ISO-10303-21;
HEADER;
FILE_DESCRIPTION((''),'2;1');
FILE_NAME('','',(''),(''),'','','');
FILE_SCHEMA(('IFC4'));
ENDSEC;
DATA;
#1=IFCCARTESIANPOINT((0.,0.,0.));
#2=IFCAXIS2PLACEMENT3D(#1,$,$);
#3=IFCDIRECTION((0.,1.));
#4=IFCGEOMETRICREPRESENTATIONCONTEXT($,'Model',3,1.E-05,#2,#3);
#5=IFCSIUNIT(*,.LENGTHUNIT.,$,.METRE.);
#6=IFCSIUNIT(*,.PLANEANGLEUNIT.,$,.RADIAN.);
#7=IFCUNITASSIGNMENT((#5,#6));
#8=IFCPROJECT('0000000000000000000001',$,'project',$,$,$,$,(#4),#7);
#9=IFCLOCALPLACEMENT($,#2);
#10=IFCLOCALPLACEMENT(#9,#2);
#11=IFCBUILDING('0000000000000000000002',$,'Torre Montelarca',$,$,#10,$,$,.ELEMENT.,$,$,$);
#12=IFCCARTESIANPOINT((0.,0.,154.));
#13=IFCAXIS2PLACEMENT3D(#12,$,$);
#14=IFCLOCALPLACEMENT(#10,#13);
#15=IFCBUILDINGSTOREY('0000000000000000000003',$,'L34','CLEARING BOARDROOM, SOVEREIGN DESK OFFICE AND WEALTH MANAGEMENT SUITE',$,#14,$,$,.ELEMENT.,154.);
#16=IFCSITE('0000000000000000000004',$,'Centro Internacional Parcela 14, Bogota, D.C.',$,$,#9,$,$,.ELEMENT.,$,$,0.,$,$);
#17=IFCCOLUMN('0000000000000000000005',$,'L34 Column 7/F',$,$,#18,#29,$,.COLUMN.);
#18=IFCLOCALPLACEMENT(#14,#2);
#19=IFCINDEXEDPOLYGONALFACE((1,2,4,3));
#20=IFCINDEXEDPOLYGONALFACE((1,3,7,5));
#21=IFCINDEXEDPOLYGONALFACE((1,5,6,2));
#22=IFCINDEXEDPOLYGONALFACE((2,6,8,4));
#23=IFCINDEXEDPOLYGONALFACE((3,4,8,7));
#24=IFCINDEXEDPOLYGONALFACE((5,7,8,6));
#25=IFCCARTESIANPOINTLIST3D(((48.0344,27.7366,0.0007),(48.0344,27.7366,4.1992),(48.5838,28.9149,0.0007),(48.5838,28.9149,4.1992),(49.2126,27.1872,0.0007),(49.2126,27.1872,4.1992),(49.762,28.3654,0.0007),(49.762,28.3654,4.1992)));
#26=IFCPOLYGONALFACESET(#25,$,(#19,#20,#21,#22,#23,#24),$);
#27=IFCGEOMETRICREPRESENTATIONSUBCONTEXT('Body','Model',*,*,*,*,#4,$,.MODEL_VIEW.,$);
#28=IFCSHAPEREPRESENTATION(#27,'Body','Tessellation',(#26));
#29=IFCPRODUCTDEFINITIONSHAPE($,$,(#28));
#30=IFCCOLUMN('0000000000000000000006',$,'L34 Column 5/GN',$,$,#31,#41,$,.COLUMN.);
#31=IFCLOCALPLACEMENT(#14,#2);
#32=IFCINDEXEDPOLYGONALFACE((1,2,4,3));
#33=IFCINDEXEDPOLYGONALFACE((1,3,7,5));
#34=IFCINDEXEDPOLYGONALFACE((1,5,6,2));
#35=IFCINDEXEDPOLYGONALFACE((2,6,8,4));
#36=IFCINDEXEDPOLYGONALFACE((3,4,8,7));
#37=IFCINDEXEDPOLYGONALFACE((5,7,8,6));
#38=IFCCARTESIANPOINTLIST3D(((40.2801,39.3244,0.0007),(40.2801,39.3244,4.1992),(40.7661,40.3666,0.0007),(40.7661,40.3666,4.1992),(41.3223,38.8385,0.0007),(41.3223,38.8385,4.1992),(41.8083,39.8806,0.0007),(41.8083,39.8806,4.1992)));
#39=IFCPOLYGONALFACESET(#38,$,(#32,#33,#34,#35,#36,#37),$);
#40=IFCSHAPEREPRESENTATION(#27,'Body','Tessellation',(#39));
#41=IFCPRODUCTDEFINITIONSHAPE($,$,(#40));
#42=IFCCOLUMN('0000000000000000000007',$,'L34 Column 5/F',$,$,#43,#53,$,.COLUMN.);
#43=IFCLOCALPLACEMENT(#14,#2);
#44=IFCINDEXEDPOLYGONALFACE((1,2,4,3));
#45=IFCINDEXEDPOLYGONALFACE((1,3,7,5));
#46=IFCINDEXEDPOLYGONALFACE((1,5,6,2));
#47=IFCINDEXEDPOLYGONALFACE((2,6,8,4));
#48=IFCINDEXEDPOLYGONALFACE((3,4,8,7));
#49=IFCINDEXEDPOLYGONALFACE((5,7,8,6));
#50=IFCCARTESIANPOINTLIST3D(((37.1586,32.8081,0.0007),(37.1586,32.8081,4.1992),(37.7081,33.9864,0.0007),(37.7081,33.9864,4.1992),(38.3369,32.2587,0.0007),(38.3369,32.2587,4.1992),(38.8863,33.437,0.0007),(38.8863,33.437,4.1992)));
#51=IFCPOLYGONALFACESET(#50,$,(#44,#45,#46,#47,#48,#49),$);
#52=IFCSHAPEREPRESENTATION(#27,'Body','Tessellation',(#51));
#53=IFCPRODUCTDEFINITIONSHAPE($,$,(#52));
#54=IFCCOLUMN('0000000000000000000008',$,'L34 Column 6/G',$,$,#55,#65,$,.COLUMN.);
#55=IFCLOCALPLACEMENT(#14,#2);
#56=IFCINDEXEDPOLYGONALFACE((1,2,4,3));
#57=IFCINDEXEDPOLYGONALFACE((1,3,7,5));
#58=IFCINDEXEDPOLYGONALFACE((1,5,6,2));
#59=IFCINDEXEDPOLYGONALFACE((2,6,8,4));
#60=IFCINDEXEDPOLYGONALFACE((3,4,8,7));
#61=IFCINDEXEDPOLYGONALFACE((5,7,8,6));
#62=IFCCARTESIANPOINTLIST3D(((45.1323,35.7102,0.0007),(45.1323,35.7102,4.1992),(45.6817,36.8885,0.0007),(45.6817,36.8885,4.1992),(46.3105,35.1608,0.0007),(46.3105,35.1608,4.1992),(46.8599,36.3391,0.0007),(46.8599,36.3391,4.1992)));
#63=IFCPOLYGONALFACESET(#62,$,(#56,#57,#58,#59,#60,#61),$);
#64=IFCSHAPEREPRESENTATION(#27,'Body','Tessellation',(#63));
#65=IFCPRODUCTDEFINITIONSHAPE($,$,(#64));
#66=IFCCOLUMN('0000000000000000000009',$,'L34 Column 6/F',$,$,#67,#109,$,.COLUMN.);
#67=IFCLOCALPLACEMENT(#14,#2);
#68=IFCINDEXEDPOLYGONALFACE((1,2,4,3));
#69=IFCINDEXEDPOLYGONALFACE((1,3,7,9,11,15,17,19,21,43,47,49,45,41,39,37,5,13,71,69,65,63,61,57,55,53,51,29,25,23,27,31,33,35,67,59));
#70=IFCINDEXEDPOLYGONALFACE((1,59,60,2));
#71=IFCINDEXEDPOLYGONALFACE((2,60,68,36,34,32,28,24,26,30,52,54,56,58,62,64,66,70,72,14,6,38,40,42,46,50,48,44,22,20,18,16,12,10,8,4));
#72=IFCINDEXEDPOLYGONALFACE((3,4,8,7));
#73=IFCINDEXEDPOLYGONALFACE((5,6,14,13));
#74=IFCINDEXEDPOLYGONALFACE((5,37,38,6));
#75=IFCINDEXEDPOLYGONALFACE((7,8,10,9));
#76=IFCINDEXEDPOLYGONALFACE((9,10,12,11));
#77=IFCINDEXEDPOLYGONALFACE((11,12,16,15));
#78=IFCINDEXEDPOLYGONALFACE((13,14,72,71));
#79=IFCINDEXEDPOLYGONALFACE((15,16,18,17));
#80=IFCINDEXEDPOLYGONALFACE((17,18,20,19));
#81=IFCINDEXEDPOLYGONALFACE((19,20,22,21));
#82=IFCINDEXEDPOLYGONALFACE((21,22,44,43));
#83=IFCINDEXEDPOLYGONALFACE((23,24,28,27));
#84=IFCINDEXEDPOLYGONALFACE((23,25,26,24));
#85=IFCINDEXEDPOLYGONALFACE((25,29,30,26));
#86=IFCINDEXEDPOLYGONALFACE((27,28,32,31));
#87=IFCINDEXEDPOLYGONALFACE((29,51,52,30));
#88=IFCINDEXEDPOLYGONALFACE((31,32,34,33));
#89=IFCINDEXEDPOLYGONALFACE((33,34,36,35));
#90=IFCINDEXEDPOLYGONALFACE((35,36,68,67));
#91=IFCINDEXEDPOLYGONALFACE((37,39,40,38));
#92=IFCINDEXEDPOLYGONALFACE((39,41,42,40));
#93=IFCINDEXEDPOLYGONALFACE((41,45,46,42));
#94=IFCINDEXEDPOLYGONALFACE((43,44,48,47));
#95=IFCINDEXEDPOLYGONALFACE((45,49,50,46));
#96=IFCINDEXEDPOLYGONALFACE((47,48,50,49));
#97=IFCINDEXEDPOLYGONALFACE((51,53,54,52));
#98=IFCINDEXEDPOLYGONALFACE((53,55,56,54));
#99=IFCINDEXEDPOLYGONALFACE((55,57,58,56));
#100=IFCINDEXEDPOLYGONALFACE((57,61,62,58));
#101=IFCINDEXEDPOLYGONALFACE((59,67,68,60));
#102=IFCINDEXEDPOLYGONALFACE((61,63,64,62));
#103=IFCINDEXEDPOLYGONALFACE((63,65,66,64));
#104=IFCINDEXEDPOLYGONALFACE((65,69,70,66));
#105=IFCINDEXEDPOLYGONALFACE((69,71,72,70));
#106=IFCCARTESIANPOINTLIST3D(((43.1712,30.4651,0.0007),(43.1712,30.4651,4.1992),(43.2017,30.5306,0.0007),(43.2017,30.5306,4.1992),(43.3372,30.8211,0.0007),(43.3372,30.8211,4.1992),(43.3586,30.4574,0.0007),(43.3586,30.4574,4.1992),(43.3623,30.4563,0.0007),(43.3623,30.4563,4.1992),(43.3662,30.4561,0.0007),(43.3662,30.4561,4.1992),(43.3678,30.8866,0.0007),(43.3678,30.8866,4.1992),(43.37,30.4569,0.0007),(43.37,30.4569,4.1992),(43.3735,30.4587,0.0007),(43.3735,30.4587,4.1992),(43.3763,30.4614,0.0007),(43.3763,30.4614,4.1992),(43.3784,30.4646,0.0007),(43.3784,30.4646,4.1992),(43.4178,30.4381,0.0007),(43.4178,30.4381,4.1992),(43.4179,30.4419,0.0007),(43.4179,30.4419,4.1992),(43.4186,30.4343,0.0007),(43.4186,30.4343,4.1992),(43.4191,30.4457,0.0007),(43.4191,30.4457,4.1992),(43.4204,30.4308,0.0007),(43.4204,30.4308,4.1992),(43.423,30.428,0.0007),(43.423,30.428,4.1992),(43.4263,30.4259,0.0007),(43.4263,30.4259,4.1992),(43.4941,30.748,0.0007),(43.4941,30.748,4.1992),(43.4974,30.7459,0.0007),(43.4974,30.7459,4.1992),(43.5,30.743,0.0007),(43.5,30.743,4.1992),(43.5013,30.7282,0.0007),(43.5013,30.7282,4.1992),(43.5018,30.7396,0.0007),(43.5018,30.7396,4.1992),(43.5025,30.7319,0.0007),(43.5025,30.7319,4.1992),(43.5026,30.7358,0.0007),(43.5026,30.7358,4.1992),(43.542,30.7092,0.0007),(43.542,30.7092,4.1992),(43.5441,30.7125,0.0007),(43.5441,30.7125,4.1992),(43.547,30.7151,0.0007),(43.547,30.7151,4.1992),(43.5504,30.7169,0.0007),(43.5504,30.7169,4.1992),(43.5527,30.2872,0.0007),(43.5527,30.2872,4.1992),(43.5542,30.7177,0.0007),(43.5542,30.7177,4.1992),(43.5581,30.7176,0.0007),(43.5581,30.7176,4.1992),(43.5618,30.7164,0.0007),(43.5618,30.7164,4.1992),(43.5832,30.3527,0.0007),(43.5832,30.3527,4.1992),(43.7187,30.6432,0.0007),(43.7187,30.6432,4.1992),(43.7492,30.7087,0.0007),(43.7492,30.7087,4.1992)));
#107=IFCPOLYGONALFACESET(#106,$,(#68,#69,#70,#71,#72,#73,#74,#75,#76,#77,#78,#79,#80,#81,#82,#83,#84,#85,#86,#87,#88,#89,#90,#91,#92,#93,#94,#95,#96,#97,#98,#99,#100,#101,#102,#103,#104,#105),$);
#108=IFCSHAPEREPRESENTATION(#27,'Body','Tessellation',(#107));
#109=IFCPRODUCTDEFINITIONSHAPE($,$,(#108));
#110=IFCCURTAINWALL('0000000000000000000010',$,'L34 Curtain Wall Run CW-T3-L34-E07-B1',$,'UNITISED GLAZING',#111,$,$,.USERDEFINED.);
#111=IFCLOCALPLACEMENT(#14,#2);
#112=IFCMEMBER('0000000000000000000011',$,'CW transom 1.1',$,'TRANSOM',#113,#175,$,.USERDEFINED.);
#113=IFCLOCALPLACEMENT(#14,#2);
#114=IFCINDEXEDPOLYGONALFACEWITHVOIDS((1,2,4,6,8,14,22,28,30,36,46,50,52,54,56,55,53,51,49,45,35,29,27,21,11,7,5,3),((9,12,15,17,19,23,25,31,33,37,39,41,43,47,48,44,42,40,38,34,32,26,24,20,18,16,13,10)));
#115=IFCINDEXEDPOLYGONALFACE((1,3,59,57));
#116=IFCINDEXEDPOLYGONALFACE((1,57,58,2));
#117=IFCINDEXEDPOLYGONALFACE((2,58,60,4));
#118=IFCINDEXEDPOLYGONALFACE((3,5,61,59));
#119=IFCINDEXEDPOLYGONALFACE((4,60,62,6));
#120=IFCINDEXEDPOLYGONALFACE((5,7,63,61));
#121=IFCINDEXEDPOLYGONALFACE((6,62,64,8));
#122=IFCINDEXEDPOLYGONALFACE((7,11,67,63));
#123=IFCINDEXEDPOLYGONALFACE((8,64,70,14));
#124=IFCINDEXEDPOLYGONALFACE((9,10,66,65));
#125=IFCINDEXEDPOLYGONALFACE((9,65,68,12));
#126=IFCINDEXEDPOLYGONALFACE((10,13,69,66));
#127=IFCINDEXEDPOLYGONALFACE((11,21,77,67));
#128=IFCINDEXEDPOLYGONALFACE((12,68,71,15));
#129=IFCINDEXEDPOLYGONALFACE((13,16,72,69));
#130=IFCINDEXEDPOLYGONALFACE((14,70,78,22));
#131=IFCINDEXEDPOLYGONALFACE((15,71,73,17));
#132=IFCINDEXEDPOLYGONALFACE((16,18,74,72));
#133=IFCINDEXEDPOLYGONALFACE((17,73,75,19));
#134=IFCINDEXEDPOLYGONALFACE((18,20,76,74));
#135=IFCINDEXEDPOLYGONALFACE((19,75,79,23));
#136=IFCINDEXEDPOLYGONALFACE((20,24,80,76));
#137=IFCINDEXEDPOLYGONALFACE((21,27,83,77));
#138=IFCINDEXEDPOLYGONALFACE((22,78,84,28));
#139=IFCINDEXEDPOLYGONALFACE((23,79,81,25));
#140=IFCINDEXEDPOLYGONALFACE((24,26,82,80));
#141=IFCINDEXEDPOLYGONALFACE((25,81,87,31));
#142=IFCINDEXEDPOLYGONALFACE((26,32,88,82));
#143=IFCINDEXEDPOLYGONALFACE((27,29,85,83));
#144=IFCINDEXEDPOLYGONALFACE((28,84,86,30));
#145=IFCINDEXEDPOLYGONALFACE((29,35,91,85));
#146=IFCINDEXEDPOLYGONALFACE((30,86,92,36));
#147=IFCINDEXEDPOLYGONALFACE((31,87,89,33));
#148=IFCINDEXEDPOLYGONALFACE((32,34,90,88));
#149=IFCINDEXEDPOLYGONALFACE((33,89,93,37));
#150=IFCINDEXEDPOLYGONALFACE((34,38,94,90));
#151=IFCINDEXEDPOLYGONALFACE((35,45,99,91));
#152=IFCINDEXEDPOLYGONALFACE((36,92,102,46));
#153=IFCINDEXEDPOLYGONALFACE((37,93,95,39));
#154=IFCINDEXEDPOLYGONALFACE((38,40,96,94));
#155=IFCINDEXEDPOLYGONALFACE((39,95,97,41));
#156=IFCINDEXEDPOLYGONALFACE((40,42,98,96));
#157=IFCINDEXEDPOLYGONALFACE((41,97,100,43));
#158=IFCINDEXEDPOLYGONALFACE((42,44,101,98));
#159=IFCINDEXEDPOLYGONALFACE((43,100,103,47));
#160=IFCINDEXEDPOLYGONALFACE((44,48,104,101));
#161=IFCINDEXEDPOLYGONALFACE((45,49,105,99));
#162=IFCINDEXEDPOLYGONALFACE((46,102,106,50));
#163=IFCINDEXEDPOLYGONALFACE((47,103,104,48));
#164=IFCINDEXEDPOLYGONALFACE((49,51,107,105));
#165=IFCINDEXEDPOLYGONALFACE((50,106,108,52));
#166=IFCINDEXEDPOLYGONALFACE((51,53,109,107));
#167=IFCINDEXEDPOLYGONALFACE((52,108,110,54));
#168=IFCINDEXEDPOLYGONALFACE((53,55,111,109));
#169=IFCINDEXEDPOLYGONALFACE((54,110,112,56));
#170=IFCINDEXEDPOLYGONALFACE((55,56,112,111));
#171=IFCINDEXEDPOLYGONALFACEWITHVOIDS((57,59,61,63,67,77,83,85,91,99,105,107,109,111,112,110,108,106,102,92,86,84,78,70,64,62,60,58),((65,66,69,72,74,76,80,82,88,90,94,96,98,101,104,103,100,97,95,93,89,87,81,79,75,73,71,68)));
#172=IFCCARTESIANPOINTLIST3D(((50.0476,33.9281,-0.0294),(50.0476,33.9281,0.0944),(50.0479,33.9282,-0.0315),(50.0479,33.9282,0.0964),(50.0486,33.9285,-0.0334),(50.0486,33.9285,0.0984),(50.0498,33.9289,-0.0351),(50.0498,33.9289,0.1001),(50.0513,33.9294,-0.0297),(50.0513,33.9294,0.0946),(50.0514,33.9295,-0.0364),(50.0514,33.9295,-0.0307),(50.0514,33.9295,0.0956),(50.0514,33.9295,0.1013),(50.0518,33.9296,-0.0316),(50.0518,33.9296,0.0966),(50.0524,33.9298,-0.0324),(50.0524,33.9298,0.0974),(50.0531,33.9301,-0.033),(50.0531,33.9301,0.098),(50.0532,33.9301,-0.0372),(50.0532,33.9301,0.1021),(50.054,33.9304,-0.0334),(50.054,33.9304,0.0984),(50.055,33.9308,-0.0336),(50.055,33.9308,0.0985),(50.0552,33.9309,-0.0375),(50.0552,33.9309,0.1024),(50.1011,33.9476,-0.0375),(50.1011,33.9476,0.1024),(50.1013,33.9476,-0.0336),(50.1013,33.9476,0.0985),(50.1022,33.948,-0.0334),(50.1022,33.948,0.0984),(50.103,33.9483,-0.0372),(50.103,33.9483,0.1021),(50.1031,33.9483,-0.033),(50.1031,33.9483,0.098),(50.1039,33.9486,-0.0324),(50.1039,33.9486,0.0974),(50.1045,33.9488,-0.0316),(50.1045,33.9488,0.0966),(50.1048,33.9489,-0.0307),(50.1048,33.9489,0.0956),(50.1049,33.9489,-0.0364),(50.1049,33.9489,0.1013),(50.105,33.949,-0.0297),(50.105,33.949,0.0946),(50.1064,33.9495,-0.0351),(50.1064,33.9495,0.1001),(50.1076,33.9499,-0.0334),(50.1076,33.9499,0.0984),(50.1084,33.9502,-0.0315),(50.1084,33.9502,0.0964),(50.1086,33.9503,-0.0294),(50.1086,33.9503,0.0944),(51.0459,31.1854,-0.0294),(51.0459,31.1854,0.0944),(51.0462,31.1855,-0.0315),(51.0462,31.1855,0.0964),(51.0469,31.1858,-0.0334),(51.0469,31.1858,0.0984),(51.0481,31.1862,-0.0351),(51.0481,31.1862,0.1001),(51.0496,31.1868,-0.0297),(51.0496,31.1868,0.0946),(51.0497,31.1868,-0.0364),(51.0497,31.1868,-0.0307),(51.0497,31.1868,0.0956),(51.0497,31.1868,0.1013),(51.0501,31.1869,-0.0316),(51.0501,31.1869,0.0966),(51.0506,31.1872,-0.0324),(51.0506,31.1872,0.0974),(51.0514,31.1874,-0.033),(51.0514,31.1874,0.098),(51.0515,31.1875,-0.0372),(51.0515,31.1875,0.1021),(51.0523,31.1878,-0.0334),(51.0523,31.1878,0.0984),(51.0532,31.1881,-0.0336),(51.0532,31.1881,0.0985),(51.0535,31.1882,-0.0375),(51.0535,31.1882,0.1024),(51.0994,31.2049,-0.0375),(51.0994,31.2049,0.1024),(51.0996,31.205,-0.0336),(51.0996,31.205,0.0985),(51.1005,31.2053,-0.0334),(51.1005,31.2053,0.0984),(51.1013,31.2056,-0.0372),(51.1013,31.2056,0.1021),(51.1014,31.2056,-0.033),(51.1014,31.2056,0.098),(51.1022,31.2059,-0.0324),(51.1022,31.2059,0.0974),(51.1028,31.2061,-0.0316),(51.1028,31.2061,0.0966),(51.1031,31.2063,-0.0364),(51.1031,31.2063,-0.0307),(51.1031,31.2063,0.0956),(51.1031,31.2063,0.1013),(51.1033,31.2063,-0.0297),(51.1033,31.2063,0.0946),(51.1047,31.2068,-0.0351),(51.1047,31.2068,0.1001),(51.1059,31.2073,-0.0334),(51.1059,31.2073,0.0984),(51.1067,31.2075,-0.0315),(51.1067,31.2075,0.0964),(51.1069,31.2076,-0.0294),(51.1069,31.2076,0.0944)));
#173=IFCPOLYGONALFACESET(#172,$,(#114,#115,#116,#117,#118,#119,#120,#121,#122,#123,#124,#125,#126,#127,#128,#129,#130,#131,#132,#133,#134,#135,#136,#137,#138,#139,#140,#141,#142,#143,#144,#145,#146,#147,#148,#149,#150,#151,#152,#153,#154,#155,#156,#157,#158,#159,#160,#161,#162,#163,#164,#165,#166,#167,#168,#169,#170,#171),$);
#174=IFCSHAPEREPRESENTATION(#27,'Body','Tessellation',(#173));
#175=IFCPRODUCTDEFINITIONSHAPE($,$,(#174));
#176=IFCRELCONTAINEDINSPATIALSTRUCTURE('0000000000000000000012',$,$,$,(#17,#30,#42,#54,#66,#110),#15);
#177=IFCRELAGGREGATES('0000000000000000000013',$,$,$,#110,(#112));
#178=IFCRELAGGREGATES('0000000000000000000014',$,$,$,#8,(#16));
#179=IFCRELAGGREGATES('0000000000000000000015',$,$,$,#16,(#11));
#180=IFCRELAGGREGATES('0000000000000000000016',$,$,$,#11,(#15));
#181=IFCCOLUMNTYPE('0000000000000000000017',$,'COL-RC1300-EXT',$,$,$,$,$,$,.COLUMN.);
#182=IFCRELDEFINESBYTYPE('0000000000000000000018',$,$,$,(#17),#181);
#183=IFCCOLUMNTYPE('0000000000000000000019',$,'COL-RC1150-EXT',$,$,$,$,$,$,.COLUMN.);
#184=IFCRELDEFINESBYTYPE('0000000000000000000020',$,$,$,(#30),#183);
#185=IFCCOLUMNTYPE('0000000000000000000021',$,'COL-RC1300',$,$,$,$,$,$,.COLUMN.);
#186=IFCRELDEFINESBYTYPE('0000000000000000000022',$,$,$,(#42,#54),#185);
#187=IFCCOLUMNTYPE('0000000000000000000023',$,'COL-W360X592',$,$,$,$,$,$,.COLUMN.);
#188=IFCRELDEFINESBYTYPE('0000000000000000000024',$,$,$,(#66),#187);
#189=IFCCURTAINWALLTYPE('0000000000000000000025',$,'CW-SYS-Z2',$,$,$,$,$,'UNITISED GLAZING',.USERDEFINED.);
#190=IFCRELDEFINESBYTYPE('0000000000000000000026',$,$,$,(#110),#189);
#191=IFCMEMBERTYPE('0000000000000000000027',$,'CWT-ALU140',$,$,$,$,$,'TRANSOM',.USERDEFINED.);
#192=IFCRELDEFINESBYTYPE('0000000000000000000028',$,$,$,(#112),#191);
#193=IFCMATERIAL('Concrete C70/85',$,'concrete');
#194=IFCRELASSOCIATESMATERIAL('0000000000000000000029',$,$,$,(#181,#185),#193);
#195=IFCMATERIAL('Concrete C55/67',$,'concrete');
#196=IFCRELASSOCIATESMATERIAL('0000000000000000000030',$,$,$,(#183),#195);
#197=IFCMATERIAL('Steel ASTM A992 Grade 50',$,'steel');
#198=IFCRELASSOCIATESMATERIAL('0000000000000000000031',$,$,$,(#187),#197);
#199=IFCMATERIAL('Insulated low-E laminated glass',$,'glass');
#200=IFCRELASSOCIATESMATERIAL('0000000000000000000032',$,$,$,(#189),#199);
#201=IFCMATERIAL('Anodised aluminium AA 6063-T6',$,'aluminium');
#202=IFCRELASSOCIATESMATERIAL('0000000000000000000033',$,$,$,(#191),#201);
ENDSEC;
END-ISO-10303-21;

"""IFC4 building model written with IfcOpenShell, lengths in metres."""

from ifc_helpers import new_model, si_unit, direction, frame, origin, origin_2d, place, context, subcontext, project, spatial, rectangle, hollow_rectangle, i_section, extrude, source, transform, mapped, material, material_profile, profile_set, type_object, element, aggregate, save


model = new_model("IFC4")

# Units and contexts
model_context = context("Model", 3, precision=1e-05, world=origin(), true_north=direction((0.0, 1.0)))
body_context = subcontext(model_context, "Body", "Model", "MODEL_VIEW")
ifc_project = project(units=[si_unit("LENGTHUNIT", "METRE"), si_unit("PLANEANGLEUNIT", "RADIAN")], contexts=[model_context])

# Site, building, storey
site_placement = place(None, origin())
site = spatial("IfcSite", under=ifc_project, at=site_placement, Name="Centro Internacional Parcela 14, Bogota, D.C.", CompositionType="ELEMENT", RefElevation=0.0)
building_placement = place(site_placement, origin())
building = spatial("IfcBuilding", under=site, at=building_placement, Name="Torre Montelarca", CompositionType="ELEMENT")
storey_placement = place(building_placement, frame((0.0, 0.0, 154.0)))
storey = spatial("IfcBuildingStorey", under=building, at=storey_placement, Name="L34", Description="CLEARING BOARDROOM, SOVEREIGN DESK OFFICE AND WEALTH MANAGEMENT SUITE", CompositionType="ELEMENT", Elevation=154.0)

# Columns
ifc_material_1 = material(Name="Concrete C70/85", Category="concrete")
ifc_material_profile_1 = material_profile(ifc_material_1, rectangle(XDim=1.3, YDim=1.3, at=origin_2d()), Name="RC1300X1300", Category="concrete")
ifc_profile_set_1 = profile_set([ifc_material_profile_1], Name="Concrete C70/85")
column_type_1 = type_object("IfcColumnType", Name="COL-RC1300-EXT", PredefinedType="COLUMN", material=ifc_profile_set_1)
shared_shape_1 = source(origin(), body_context, "Body", "SweptSolid", [
    extrude(rectangle(XDim=1.3, YDim=1.3, at=origin_2d()), origin(), (0.0, 0.0, 1.0), 4.1985),
])
column_1_placement = place(storey_placement, frame((48.8982, 28.051, 0.0007), z_axis=(0.0, 0.0, 1.0), x_axis=(-0.906308, 0.422618, 0.0)))
element("IfcColumn", 1, at=column_1_placement, inside=storey, type_object=column_type_1, Name="L34 Column 7/F", PredefinedType="COLUMN", context=body_context, shape_type="MappedRepresentation", body=[
    mapped(shared_shape_1, transform((0.0, 0.0, 0.0), scale=1.0)),
])
ifc_material_2 = material(Name="Concrete C55/67", Category="concrete")
ifc_material_profile_2 = material_profile(ifc_material_2, rectangle(XDim=1.1499, YDim=1.1499, at=origin_2d()), Name="RC1150X1150", Category="concrete")
ifc_profile_set_2 = profile_set([ifc_material_profile_2], Name="Concrete C55/67")
column_type_2 = type_object("IfcColumnType", Name="COL-RC1150-EXT", PredefinedType="COLUMN", material=ifc_profile_set_2)
shared_shape_2 = source(origin(), body_context, "Body", "SweptSolid", [
    extrude(rectangle(XDim=1.1499, YDim=1.1499, at=origin_2d()), origin(), (0.0, 0.0, 1.0), 4.1985),
])
column_2_placement = place(storey_placement, frame((41.0442, 39.6025, 0.0007), z_axis=(0.0, 0.0, 1.0), x_axis=(-0.906308, 0.422618, 0.0)))
element("IfcColumn", 2, at=column_2_placement, inside=storey, type_object=column_type_2, Name="L34 Column 5/GN", PredefinedType="COLUMN", context=body_context, shape_type="MappedRepresentation", body=[
    mapped(shared_shape_2, transform((0.0, 0.0, 0.0), scale=1.0)),
])
ifc_material_profile_3 = material_profile(ifc_material_1, rectangle(XDim=1.3, YDim=1.3, at=origin_2d()), Name="RC1300X1300", Category="concrete")
ifc_profile_set_3 = profile_set([ifc_material_profile_3], Name="Concrete C70/85")
column_type_3 = type_object("IfcColumnType", Name="COL-RC1300", PredefinedType="COLUMN", material=ifc_profile_set_3)
shared_shape_3 = source(origin(), body_context, "Body", "SweptSolid", [
    extrude(rectangle(XDim=1.3, YDim=1.3, at=origin_2d()), origin(), (0.0, 0.0, 1.0), 4.1985),
])
for number, where, z_axis, x_axis, name in (
    (3, (38.0225, 33.1226, 0.0007), (0.0, 0.0, 1.0), (-0.906308, 0.422618, 0.0), "L34 Column 5/F"),
    (4, (45.9961, 36.0247, 0.0007), (0.0, 0.0, 1.0), (-0.906308, 0.422618, 0.0), "L34 Column 6/G"),
):
    element("IfcColumn", number, at=place(storey_placement, frame(where, z_axis=z_axis, x_axis=x_axis)), inside=storey, type_object=column_type_3, Name=name, PredefinedType="COLUMN", context=body_context, shape_type="MappedRepresentation", body=[
        mapped(shared_shape_3, transform((0.0, 0.0, 0.0), scale=1.0)),
    ])
ifc_material_3 = material(Name="Steel ASTM A992 Grade 50", Category="steel")
ifc_material_profile_4 = material_profile(ifc_material_3, i_section(OverallWidth=0.4209, OverallDepth=0.4651, WebThickness=0.0449, FlangeThickness=0.0723, FilletRadius=0.0149, at=origin_2d()), Name="W360X592", Category="steel")
ifc_profile_set_4 = profile_set([ifc_material_profile_4], Name="Steel ASTM A992 Grade 50")
column_type_4 = type_object("IfcColumnType", Name="COL-W360X592", PredefinedType="COLUMN", material=ifc_profile_set_4)
shared_shape_4 = source(origin(), body_context, "Body", "SweptSolid", [
    extrude(i_section(OverallWidth=0.4209, OverallDepth=0.4651, WebThickness=0.0449, FlangeThickness=0.0723, FilletRadius=0.0149, at=origin_2d()), origin(), (0.0, 0.0, 1.0), 4.1985),
])
column_3_placement = place(storey_placement, frame((43.4602, 30.5869, 0.0007), z_axis=(0.0, 0.0, 1.0), x_axis=(-0.906308, 0.422618, 0.0)))
element("IfcColumn", 5, at=column_3_placement, inside=storey, type_object=column_type_4, Name="L34 Column 6/F", PredefinedType="COLUMN", context=body_context, shape_type="MappedRepresentation", body=[
    mapped(shared_shape_4, transform((0.0, 0.0, 0.0), scale=1.0)),
])

# Curtain wall, member
ifc_material_4 = material(Name="Insulated low-E laminated glass", Category="glass")
curtain_wall_type = type_object("IfcCurtainWallType", Name="CW-SYS-Z2", ElementType="UNITISED GLAZING", PredefinedType="USERDEFINED", material=ifc_material_4)
curtain_wall_1_placement = place(storey_placement, origin())
curtain_wall_1 = element("IfcCurtainWall", 6, at=curtain_wall_1_placement, inside=storey, type_object=curtain_wall_type, Name="L34 Curtain Wall Run CW-T3-L34-E07-B1", ObjectType="UNITISED GLAZING", PredefinedType="USERDEFINED")
ifc_material_5 = material(Name="Anodised aluminium AA 6063-T6", Category="aluminium")
ifc_material_profile_5 = material_profile(ifc_material_5, hollow_rectangle(XDim=0.0649, YDim=0.1399, WallThickness=0.0039, InnerFilletRadius=0.0039, OuterFilletRadius=0.0081, at=origin_2d()), Name="ALU65X140X4", Category="aluminium")
ifc_profile_set_5 = profile_set([ifc_material_profile_5], Name="Anodised aluminium AA 6063-T6")
member_type_1 = type_object("IfcMemberType", Name="CWT-ALU140", ElementType="TRANSOM", PredefinedType="USERDEFINED", material=ifc_profile_set_5)
shared_shape_5 = source(origin(), body_context, "Body", "SweptSolid", [
    extrude(hollow_rectangle(XDim=0.0649, YDim=0.1399, WallThickness=0.0039, InnerFilletRadius=0.0039, OuterFilletRadius=0.0081, at=origin_2d()), origin(), (0.0, 0.0, 1.0), 2.9187),
])
member_1_placement = place(storey_placement, frame((51.0764, 31.1965, 0.0325), z_axis=(-0.342032, 0.939688, 0.0), x_axis=(-0.939688, -0.342032, 0.0)))
member_1 = element("IfcMember", 7, at=member_1_placement, type_object=member_type_1, Name="CW transom 1.1", ObjectType="TRANSOM", PredefinedType="USERDEFINED", context=body_context, shape_type="MappedRepresentation", body=[
    mapped(shared_shape_5, transform((0.0, 0.0, 0.0), scale=1.0)),
])

aggregate(curtain_wall_1, [member_1])

save(model, "model.ifc")
